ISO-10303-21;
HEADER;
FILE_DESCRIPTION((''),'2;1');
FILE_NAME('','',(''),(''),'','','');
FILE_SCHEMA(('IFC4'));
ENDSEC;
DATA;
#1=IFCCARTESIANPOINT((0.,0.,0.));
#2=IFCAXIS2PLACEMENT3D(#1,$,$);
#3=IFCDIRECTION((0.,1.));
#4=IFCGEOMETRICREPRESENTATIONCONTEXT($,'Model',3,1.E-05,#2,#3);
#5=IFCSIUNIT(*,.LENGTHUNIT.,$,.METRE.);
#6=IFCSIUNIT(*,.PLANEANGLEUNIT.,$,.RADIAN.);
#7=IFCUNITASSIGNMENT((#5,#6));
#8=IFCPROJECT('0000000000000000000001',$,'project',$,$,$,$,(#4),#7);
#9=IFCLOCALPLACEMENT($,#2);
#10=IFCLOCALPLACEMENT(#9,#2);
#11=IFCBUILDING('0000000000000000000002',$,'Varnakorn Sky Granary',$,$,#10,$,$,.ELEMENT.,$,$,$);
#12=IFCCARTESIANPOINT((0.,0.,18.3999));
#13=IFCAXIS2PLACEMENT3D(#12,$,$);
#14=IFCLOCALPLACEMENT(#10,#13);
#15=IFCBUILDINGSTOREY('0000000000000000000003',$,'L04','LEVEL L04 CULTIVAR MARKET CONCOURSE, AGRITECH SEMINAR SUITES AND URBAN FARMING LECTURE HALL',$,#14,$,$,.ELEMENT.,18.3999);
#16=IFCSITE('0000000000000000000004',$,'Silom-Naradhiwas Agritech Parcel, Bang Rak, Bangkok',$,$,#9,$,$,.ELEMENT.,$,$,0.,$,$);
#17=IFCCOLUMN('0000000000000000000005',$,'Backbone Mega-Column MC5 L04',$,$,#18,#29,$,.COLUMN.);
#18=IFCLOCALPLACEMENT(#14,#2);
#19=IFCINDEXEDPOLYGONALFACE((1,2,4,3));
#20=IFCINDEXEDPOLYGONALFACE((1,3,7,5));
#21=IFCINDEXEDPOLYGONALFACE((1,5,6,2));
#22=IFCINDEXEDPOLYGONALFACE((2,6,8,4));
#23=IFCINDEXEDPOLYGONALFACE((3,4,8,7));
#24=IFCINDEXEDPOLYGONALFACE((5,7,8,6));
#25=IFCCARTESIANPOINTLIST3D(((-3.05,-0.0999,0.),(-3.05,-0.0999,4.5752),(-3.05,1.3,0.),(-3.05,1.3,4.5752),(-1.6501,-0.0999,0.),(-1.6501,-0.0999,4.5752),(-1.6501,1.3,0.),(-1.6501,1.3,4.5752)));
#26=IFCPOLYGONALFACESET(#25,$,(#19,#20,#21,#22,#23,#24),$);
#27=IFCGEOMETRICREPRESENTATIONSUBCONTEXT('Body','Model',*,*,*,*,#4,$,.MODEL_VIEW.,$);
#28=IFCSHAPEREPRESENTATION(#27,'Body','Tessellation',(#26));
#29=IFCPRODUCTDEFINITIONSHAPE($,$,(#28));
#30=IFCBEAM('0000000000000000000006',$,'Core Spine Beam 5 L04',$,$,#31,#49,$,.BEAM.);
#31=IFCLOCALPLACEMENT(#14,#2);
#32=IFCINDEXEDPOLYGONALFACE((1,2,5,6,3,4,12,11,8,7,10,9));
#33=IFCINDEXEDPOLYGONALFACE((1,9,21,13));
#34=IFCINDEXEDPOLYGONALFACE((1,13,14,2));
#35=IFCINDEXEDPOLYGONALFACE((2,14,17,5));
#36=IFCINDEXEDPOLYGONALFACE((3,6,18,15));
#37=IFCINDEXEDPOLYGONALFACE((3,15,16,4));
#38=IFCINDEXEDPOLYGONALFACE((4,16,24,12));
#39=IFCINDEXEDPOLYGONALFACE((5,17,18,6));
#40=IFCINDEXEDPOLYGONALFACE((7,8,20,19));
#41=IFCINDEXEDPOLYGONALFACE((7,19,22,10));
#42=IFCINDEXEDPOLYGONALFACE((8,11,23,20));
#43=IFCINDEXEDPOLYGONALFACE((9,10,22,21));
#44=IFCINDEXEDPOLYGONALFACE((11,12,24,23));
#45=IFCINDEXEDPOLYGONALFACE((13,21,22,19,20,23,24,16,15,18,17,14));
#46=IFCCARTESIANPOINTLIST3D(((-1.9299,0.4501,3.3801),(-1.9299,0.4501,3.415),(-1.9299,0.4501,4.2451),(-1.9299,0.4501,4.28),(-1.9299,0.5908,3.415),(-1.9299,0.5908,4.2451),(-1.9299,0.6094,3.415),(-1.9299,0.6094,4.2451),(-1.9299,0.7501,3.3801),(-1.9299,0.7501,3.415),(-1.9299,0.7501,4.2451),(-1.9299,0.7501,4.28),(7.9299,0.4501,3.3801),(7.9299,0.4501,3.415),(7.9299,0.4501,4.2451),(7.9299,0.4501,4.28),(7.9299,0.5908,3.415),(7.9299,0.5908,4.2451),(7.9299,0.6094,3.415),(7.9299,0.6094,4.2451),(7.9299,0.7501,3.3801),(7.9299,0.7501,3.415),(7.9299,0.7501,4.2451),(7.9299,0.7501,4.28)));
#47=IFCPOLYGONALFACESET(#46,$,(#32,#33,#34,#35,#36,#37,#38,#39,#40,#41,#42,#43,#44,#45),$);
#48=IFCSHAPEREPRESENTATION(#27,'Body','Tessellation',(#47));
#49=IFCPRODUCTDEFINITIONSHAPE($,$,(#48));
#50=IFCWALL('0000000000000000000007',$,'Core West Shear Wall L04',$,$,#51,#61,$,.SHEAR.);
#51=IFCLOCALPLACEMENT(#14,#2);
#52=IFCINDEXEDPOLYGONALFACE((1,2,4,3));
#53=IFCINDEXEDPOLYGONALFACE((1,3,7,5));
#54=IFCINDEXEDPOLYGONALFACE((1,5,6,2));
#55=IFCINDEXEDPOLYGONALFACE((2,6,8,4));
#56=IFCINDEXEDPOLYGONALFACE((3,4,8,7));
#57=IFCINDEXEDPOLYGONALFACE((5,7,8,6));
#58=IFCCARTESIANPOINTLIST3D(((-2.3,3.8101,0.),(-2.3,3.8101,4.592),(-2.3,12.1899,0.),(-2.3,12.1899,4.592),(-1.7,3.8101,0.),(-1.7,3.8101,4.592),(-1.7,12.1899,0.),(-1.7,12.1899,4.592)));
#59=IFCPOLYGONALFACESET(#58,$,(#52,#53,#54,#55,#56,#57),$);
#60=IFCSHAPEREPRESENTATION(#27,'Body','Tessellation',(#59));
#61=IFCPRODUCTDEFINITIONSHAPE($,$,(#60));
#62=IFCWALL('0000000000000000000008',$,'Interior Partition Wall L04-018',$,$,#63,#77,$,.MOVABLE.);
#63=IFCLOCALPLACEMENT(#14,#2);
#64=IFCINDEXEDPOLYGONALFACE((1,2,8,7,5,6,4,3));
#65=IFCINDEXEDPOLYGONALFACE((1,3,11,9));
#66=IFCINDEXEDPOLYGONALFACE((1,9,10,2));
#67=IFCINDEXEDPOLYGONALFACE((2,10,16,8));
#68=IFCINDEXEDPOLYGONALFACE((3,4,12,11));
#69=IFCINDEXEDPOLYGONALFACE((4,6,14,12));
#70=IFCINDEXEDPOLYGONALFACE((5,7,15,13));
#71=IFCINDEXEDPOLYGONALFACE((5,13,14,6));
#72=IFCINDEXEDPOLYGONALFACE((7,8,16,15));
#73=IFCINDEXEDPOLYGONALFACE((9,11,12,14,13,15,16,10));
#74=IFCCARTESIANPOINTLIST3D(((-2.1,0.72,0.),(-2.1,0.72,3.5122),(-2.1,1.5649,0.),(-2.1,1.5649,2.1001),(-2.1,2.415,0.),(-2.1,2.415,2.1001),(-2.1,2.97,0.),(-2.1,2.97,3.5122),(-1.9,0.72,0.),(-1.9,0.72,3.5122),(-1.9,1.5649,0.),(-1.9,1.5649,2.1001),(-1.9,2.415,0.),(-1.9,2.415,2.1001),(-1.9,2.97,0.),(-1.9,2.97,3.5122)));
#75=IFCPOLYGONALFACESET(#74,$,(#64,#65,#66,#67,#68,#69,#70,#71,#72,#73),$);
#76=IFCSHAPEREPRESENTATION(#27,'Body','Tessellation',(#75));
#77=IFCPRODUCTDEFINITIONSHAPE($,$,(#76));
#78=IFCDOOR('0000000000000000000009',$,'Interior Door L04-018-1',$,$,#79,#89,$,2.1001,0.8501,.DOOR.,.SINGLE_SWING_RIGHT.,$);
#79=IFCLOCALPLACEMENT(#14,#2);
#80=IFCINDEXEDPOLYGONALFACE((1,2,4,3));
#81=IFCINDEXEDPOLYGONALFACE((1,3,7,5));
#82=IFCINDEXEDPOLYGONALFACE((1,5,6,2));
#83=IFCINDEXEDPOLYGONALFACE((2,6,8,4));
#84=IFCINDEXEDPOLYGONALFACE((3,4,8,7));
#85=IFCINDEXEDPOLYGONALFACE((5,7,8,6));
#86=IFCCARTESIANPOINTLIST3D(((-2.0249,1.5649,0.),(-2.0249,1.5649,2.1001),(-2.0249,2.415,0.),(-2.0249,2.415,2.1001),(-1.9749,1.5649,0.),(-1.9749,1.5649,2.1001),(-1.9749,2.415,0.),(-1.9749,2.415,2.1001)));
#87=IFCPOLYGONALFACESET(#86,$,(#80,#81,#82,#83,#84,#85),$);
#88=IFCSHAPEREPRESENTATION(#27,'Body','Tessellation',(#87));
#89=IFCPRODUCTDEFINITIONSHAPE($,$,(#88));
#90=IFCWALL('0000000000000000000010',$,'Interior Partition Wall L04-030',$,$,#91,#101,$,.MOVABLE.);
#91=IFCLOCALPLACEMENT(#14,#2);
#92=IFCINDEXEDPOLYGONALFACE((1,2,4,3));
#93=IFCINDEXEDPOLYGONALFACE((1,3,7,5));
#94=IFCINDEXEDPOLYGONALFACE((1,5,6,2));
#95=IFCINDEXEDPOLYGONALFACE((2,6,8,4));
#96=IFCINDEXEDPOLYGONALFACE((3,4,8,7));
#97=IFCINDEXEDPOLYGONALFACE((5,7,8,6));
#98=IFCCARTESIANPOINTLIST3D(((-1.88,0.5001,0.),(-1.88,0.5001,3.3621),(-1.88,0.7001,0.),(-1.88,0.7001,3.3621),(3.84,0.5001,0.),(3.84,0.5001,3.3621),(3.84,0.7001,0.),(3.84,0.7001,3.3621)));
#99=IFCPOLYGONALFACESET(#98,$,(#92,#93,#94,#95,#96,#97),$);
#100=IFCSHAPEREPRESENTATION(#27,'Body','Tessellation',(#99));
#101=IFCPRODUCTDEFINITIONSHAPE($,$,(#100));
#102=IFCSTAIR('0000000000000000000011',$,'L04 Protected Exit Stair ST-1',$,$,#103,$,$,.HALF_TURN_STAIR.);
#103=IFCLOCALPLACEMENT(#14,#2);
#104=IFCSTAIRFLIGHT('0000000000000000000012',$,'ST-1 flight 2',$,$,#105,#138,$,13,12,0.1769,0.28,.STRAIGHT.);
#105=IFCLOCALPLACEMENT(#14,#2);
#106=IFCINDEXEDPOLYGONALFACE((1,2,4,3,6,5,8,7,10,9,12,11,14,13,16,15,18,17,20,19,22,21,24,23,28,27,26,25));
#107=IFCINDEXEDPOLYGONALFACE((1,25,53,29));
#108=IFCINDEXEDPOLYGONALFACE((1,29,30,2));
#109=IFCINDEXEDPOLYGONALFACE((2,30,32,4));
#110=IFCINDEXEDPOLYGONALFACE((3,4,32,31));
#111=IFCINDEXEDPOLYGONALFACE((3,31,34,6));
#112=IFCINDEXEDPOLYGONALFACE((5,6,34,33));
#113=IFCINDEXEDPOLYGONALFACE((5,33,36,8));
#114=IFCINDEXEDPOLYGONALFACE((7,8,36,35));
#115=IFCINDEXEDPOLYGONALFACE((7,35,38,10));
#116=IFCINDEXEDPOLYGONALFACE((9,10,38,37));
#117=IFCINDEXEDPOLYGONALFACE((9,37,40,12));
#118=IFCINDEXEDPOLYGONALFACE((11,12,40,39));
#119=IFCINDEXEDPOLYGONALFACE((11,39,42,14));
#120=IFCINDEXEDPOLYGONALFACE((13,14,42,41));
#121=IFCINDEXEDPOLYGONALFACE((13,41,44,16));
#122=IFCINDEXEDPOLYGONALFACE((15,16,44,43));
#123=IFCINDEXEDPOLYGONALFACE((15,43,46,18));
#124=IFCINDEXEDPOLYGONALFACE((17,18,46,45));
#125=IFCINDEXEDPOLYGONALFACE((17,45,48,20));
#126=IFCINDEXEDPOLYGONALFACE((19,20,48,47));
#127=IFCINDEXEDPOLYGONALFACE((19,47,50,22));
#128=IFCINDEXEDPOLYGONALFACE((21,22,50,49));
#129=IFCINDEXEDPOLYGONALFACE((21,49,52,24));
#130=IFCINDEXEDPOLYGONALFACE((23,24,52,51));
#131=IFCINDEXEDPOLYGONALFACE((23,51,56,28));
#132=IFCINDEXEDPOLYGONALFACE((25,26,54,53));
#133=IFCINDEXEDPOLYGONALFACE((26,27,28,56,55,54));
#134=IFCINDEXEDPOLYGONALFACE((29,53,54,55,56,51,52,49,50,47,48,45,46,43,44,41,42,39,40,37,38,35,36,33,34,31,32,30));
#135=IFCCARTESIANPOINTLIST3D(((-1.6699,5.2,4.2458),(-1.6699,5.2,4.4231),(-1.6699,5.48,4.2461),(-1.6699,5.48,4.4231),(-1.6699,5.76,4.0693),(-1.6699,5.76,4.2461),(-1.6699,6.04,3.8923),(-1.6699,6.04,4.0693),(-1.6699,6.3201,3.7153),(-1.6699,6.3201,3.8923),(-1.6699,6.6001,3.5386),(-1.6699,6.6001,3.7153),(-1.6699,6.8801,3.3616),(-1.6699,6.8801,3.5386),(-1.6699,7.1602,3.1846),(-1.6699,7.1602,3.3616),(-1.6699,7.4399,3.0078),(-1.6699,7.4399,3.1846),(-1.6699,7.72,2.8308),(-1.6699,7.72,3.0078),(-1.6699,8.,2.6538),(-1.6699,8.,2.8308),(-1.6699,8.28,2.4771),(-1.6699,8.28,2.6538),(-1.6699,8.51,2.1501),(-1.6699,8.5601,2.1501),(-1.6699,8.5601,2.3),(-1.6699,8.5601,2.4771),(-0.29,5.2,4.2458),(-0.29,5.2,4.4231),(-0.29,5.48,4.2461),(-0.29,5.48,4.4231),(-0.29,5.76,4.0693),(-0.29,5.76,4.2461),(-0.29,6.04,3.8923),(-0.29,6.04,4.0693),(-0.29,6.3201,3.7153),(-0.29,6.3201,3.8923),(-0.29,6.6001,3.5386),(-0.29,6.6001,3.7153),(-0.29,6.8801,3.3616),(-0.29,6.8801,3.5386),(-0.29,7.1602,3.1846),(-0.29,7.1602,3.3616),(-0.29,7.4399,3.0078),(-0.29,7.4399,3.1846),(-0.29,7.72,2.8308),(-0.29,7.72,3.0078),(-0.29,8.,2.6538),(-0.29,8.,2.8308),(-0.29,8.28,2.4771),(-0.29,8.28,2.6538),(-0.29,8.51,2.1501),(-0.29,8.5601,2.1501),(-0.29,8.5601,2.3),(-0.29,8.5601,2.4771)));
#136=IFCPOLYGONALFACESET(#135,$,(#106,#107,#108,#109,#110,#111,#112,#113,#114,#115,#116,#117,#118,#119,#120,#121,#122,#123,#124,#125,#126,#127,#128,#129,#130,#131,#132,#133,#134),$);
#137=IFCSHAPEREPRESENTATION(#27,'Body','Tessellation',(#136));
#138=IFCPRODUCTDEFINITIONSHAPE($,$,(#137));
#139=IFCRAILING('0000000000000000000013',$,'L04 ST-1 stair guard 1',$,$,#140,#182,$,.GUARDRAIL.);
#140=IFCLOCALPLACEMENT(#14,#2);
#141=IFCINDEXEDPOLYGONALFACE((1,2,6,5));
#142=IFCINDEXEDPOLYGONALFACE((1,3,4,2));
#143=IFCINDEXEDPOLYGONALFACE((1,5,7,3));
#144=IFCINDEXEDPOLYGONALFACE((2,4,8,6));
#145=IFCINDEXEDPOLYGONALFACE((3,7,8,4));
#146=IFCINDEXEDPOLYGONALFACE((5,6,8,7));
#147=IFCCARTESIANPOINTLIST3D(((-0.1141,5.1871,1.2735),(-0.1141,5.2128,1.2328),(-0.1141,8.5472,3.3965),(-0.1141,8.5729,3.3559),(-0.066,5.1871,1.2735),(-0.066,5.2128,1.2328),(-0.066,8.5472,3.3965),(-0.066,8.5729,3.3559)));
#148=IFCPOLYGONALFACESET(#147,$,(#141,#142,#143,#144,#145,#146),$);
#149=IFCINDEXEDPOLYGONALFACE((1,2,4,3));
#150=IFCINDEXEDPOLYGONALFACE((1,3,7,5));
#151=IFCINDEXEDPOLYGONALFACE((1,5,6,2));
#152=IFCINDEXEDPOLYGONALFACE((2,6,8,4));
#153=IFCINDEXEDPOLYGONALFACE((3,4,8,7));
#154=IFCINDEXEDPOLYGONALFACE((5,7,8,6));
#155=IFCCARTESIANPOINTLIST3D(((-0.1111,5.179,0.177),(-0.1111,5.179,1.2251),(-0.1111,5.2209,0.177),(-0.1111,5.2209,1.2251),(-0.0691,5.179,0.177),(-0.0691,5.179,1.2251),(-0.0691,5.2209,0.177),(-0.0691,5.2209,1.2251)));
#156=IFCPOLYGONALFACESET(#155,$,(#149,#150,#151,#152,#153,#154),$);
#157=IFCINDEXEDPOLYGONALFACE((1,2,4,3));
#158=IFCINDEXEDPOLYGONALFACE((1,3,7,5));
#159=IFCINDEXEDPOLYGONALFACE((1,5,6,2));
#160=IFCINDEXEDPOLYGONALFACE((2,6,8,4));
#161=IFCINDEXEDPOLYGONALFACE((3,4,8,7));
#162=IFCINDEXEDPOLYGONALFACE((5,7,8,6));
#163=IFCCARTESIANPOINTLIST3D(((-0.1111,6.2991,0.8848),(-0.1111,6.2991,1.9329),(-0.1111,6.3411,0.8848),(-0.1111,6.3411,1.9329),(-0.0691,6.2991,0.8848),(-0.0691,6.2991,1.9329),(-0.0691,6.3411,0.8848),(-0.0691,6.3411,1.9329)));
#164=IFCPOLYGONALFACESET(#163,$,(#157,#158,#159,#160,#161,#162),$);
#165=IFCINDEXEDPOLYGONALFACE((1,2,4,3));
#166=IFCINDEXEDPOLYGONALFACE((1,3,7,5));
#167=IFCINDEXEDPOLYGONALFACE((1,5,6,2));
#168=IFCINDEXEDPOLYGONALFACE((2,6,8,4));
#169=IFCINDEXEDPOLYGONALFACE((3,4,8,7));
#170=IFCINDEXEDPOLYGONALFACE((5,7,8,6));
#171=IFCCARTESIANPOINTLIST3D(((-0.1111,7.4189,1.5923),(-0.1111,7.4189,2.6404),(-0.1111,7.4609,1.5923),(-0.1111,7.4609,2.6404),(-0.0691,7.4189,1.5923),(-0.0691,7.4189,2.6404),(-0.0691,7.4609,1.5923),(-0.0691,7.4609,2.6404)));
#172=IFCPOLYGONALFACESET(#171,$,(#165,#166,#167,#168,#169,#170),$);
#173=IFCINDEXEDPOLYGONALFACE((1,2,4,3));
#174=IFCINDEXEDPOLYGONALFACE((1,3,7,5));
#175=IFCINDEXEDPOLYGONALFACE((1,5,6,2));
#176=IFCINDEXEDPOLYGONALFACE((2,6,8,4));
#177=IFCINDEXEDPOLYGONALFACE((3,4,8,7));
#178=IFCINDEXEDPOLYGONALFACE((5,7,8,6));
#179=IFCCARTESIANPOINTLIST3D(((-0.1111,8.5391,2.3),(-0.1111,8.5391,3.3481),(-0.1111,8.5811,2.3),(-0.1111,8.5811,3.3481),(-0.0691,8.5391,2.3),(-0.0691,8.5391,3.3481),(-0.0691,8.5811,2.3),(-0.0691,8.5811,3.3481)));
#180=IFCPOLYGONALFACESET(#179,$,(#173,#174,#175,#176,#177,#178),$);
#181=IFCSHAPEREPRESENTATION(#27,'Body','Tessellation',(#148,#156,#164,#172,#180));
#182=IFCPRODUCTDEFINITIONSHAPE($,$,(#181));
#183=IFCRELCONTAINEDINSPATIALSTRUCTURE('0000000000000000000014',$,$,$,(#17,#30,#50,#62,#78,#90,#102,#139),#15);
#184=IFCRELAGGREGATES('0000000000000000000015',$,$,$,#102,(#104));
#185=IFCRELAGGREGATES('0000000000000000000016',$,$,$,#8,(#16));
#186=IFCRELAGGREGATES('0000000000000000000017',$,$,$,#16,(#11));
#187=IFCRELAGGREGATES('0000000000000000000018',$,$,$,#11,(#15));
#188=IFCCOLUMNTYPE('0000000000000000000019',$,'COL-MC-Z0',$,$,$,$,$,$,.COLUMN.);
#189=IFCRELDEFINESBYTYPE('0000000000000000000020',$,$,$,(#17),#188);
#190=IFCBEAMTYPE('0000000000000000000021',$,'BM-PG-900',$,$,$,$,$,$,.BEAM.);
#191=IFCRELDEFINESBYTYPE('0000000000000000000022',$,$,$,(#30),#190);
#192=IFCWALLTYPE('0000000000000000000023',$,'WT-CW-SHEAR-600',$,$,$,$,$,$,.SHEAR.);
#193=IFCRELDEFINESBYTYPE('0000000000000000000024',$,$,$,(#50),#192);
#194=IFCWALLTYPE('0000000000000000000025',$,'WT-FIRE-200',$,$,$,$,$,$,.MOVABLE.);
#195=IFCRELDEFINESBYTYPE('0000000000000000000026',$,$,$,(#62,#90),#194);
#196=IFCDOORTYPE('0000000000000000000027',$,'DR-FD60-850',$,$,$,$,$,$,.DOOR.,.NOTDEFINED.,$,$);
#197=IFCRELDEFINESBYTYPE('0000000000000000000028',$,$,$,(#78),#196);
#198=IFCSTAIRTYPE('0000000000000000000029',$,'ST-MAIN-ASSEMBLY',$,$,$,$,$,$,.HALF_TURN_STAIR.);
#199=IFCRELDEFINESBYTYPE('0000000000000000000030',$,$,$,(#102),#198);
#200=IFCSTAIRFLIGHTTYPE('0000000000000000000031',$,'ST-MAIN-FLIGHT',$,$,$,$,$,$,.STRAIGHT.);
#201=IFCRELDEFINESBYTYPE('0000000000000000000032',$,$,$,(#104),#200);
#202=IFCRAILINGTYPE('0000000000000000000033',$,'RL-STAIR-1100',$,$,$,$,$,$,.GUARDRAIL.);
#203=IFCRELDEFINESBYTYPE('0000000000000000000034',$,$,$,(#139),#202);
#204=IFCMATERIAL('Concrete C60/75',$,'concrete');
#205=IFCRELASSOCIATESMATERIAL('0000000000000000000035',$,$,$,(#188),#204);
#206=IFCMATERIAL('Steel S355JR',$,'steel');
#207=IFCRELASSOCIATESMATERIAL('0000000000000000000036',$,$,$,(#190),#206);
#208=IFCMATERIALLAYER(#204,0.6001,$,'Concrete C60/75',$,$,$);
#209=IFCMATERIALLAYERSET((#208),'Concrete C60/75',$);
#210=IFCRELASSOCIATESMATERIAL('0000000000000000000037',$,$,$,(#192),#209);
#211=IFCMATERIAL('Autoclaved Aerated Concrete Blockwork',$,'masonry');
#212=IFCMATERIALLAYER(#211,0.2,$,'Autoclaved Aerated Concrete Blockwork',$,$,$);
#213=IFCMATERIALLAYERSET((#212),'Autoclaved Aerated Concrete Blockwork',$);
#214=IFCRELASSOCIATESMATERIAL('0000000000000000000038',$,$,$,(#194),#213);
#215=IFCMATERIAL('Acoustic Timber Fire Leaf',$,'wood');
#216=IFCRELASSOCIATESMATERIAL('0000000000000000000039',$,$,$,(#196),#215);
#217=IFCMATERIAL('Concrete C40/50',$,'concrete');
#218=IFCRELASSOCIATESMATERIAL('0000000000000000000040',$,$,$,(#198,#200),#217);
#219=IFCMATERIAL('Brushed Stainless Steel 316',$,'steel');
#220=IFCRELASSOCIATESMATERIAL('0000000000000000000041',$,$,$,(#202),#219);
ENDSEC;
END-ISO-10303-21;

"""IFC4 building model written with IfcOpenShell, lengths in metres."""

from ifc_helpers import new_model, si_unit, direction, frame, frame_2d, origin, origin_2d, place, context, subcontext, project, spatial, polyline, rectangle, i_section, outline, extrude, material, layer, layer_set, material_profile, profile_set, type_object, element, fill, aggregate, save


model = new_model("IFC4")

# Units and contexts
model_context = context("Model", 3, precision=1e-05, world=origin(), true_north=direction((0.0, 1.0)))
body_context = subcontext(model_context, "Body", "Model", "MODEL_VIEW")
ifc_project = project(units=[si_unit("LENGTHUNIT", "METRE"), si_unit("PLANEANGLEUNIT", "RADIAN")], contexts=[model_context])

# Site, building, storey
site_placement = place(None, origin())
site = spatial("IfcSite", under=ifc_project, at=site_placement, Name="Silom-Naradhiwas Agritech Parcel, Bang Rak, Bangkok", CompositionType="ELEMENT", RefElevation=0.0)
building_placement = place(site_placement, origin())
building = spatial("IfcBuilding", under=site, at=building_placement, Name="Varnakorn Sky Granary", CompositionType="ELEMENT")
storey_placement = place(building_placement, frame((0.0, 0.0, 18.3999)))
storey = spatial("IfcBuildingStorey", under=building, at=storey_placement, Name="L04", Description="LEVEL L04 CULTIVAR MARKET CONCOURSE, AGRITECH SEMINAR SUITES AND URBAN FARMING LECTURE HALL", CompositionType="ELEMENT", Elevation=18.3999)

# Column
ifc_material_1 = material(Name="Concrete C60/75", Category="concrete")
ifc_material_profile_1 = material_profile(ifc_material_1, rectangle(XDim=1.3999, YDim=1.3999, at=origin_2d()), Name="RC 1400x1400")
ifc_profile_set_1 = profile_set([ifc_material_profile_1], Name="Concrete C60/75")
column_type = type_object("IfcColumnType", Name="COL-MC-Z0", PredefinedType="COLUMN", material=ifc_profile_set_1)
column_placement = place(storey_placement, frame((-2.3501, 0.6001, 0.0), z_axis=(0.0, 0.0, 1.0), x_axis=(1.0, 0.0, 0.0)))
element("IfcColumn", 1, at=column_placement, inside=storey, type_object=column_type, Name="Backbone Mega-Column MC5 L04", PredefinedType="COLUMN", context=body_context, shape_type="SweptSolid", body=[
    extrude(rectangle(XDim=1.3999, YDim=1.3999, at=origin_2d()), origin(), (0.0, 0.0, 1.0), 4.5752),
])

# Beam
ifc_material_2 = material(Name="Steel S355JR", Category="steel")
ifc_material_profile_2 = material_profile(ifc_material_2, i_section(OverallWidth=0.3, OverallDepth=0.8999, WebThickness=0.0186, FlangeThickness=0.0349, at=origin_2d()), Name="HE 900 B")
ifc_profile_set_2 = profile_set([ifc_material_profile_2], Name="Steel S355JR")
beam_type = type_object("IfcBeamType", Name="BM-PG-900", PredefinedType="BEAM", material=ifc_profile_set_2)
beam_placement = place(storey_placement, frame((-1.9299, 0.6001, 3.8301), z_axis=(1.0, 0.0, 0.0), x_axis=(0.0, 1.0, 0.0)))
element("IfcBeam", 2, at=beam_placement, inside=storey, type_object=beam_type, Name="Core Spine Beam 5 L04", PredefinedType="BEAM", context=body_context, shape_type="SweptSolid", body=[
    extrude(i_section(OverallWidth=0.3, OverallDepth=0.8999, WebThickness=0.0186, FlangeThickness=0.0349, at=origin_2d()), origin(), (0.0, 0.0, 1.0), 9.8599),
])

# Shared definitions
ifc_layer_1 = layer(ifc_material_1, 0.6001, Name="Concrete C60/75")
ifc_layer_set_1 = layer_set([ifc_layer_1], Name="Concrete C60/75")
wall_type_1 = type_object("IfcWallType", Name="WT-CW-SHEAR-600", PredefinedType="SHEAR", material=ifc_layer_set_1)

# Wall
wall_1_placement = place(storey_placement, frame((-2.0, 3.8101, 0.0), z_axis=(0.0, 0.0, 1.0), x_axis=(0.0, 1.0, 0.0)))
element("IfcWall", 3, at=wall_1_placement, inside=storey, type_object=wall_type_1, Name="Core West Shear Wall L04", PredefinedType="SHEAR", context=body_context, shape_type="SweptSolid", body=[
    extrude(rectangle(XDim=8.3799, YDim=0.6001, at=frame_2d((4.1899, 0.0))), origin(), (0.0, 0.0, 1.0), 4.592),
])

# Wall, opening, door
ifc_material_3 = material(Name="Autoclaved Aerated Concrete Blockwork", Category="masonry")
ifc_layer_2 = layer(ifc_material_3, 0.2, Name="Autoclaved Aerated Concrete Blockwork")
ifc_layer_set_2 = layer_set([ifc_layer_2], Name="Autoclaved Aerated Concrete Blockwork")
wall_type_2 = type_object("IfcWallType", Name="WT-FIRE-200", PredefinedType="MOVABLE", material=ifc_layer_set_2)
wall_2_placement = place(storey_placement, frame((-2.0, 0.72, 0.0), z_axis=(0.0, 0.0, 1.0), x_axis=(0.0, 1.0, 0.0)))
wall_2 = element("IfcWall", 4, at=wall_2_placement, inside=storey, type_object=wall_type_2, Name="Interior Partition Wall L04-018", PredefinedType="MOVABLE", context=body_context, shape_type="SweptSolid", body=[
    extrude(rectangle(XDim=2.25, YDim=0.2, at=frame_2d((1.125, 0.0))), origin(), (0.0, 0.0, 1.0), 3.5122),
])
opening_1_placement = place(wall_2_placement, frame((0.845, 0.0, 0.0)))
opening_1 = element("IfcOpeningElement", 5, at=opening_1_placement, cuts=wall_2, PredefinedType="OPENING", context=body_context, shape_type="SweptSolid", body=[
    extrude(rectangle(XDim=0.8501, YDim=2.1001, at=frame_2d((0.425, 1.05))), frame((0.0, 0.1099, 0.0), z_axis=(0.0, -1.0, 0.0), x_axis=(1.0, 0.0, 0.0)), (0.0, 0.0, 1.0), 0.22),
])
ifc_material_4 = material(Name="Acoustic Timber Fire Leaf", Category="wood")
door_type_1 = type_object("IfcDoorType", Name="DR-FD60-850", OperationType="NOTDEFINED", PredefinedType="DOOR", material=ifc_material_4)
door_1_placement = place(opening_1_placement, origin())
door_1 = element("IfcDoor", 6, at=door_1_placement, inside=storey, type_object=door_type_1, Name="Interior Door L04-018-1", OperationType="SINGLE_SWING_RIGHT", OverallHeight=2.1001, OverallWidth=0.8501, PredefinedType="DOOR", context=body_context, shape_type="SweptSolid", body=[
    extrude(rectangle(XDim=0.8501, YDim=2.1001, at=frame_2d((0.425, 1.05))), frame((0.0, 0.0249, 0.0), z_axis=(0.0, -1.0, 0.0), x_axis=(1.0, 0.0, 0.0)), (0.0, 0.0, 1.0), 0.05),
])
fill(opening_1, door_1)

# Wall
wall_3_placement = place(storey_placement, frame((-1.8799, 0.6001, 0.0), z_axis=(0.0, 0.0, 1.0), x_axis=(1.0, 0.0, 0.0)))
element("IfcWall", 7, at=wall_3_placement, inside=storey, type_object=wall_type_2, Name="Interior Partition Wall L04-030", PredefinedType="MOVABLE", context=body_context, shape_type="SweptSolid", body=[
    extrude(rectangle(XDim=5.72, YDim=0.2, at=frame_2d((2.8599, 0.0))), origin(), (0.0, 0.0, 1.0), 3.3621),
])

# Stair, stair flight
ifc_material_5 = material(Name="Concrete C40/50", Category="concrete")
stair_type = type_object("IfcStairType", Name="ST-MAIN-ASSEMBLY", PredefinedType="HALF_TURN_STAIR", material=ifc_material_5)
stair_placement = place(storey_placement, origin())
stair = element("IfcStair", 8, at=stair_placement, inside=storey, type_object=stair_type, Name="L04 Protected Exit Stair ST-1", PredefinedType="HALF_TURN_STAIR")
stair_flight_type = type_object("IfcStairFlightType", Name="ST-MAIN-FLIGHT", PredefinedType="STRAIGHT", material=ifc_material_5)
stair_flight_placement = place(storey_placement, frame((-0.98, 8.5601, 2.3), z_axis=(0.0, 0.0, 1.0), x_axis=(0.0, -1.0, 0.0)))
stair_flight = element("IfcStairFlight", 9, at=stair_flight_placement, type_object=stair_flight_type, Name="ST-1 flight 2", NumberOfRisers=13, NumberOfTreads=12, PredefinedType="STRAIGHT", RiserHeight=0.1769, TreadLength=0.28, context=body_context, shape_type="SweptSolid", body=[
    extrude(outline(polyline([(0.0, -0.1499), (0.0, 0.0), (0.0, 0.177), (0.28, 0.177), (0.28, 0.3538), (0.5601, 0.3538), (0.5601, 0.5308), (0.8401, 0.5308), (0.8401, 0.7078), (1.1201, 0.7078), (1.1201, 0.8845), (1.3999, 0.8845), (1.3999, 1.0615), (1.6799, 1.0615), (1.6799, 1.2385), (1.96, 1.2385), (1.96, 1.4153), (2.24, 1.4153), (2.24, 1.5923), (2.52, 1.5923), (2.52, 1.7693), (2.8, 1.7693), (2.8, 1.946), (3.0801, 1.946), (3.0801, 2.123), (3.3601, 2.123), (3.3601, 2.3), (3.3601, 1.9458), (0.05, -0.1499), (0.0, -0.1499)])), frame((0.0, 0.6899, 0.0), z_axis=(0.0, -1.0, 0.0), x_axis=(1.0, 0.0, 0.0)), (0.0, 0.0, 1.0), 1.3799),
])
aggregate(stair, [stair_flight])

# Railing
ifc_material_6 = material(Name="Brushed Stainless Steel 316", Category="steel")
railing_type_1 = type_object("IfcRailingType", Name="RL-STAIR-1100", PredefinedType="GUARDRAIL", material=ifc_material_6)
railing_1_placement = place(storey_placement, frame((-0.0901, 5.2, 0.177)))
element("IfcRailing", 10, at=railing_1_placement, inside=storey, type_object=railing_type_1, Name="L04 ST-1 stair guard 1", PredefinedType="GUARDRAIL", context=body_context, shape_type="SweptSolid", body=[
    extrude(rectangle(XDim=0.0481, YDim=0.0481, at=origin_2d()), frame((0.0, 0.0, 1.0762), z_axis=(0.0, 0.84539, 0.53415), x_axis=(-1.0, 0.0, 0.0)), (0.0, 0.0, 1.0), 3.9746),
    extrude(rectangle(XDim=0.042, YDim=0.042, at=origin_2d()), origin(), (0.0, 0.0, 1.0), 1.0481),
    extrude(rectangle(XDim=0.042, YDim=0.042, at=origin_2d()), frame((0.0, 1.1201, 0.7078)), (0.0, 0.0, 1.0), 1.0481),
    extrude(rectangle(XDim=0.042, YDim=0.042, at=origin_2d()), frame((0.0, 2.24, 1.4153)), (0.0, 0.0, 1.0), 1.0481),
    extrude(rectangle(XDim=0.042, YDim=0.042, at=origin_2d()), frame((0.0, 3.3601, 2.123)), (0.0, 0.0, 1.0), 1.0481),
])

save(model, "model.ifc")
